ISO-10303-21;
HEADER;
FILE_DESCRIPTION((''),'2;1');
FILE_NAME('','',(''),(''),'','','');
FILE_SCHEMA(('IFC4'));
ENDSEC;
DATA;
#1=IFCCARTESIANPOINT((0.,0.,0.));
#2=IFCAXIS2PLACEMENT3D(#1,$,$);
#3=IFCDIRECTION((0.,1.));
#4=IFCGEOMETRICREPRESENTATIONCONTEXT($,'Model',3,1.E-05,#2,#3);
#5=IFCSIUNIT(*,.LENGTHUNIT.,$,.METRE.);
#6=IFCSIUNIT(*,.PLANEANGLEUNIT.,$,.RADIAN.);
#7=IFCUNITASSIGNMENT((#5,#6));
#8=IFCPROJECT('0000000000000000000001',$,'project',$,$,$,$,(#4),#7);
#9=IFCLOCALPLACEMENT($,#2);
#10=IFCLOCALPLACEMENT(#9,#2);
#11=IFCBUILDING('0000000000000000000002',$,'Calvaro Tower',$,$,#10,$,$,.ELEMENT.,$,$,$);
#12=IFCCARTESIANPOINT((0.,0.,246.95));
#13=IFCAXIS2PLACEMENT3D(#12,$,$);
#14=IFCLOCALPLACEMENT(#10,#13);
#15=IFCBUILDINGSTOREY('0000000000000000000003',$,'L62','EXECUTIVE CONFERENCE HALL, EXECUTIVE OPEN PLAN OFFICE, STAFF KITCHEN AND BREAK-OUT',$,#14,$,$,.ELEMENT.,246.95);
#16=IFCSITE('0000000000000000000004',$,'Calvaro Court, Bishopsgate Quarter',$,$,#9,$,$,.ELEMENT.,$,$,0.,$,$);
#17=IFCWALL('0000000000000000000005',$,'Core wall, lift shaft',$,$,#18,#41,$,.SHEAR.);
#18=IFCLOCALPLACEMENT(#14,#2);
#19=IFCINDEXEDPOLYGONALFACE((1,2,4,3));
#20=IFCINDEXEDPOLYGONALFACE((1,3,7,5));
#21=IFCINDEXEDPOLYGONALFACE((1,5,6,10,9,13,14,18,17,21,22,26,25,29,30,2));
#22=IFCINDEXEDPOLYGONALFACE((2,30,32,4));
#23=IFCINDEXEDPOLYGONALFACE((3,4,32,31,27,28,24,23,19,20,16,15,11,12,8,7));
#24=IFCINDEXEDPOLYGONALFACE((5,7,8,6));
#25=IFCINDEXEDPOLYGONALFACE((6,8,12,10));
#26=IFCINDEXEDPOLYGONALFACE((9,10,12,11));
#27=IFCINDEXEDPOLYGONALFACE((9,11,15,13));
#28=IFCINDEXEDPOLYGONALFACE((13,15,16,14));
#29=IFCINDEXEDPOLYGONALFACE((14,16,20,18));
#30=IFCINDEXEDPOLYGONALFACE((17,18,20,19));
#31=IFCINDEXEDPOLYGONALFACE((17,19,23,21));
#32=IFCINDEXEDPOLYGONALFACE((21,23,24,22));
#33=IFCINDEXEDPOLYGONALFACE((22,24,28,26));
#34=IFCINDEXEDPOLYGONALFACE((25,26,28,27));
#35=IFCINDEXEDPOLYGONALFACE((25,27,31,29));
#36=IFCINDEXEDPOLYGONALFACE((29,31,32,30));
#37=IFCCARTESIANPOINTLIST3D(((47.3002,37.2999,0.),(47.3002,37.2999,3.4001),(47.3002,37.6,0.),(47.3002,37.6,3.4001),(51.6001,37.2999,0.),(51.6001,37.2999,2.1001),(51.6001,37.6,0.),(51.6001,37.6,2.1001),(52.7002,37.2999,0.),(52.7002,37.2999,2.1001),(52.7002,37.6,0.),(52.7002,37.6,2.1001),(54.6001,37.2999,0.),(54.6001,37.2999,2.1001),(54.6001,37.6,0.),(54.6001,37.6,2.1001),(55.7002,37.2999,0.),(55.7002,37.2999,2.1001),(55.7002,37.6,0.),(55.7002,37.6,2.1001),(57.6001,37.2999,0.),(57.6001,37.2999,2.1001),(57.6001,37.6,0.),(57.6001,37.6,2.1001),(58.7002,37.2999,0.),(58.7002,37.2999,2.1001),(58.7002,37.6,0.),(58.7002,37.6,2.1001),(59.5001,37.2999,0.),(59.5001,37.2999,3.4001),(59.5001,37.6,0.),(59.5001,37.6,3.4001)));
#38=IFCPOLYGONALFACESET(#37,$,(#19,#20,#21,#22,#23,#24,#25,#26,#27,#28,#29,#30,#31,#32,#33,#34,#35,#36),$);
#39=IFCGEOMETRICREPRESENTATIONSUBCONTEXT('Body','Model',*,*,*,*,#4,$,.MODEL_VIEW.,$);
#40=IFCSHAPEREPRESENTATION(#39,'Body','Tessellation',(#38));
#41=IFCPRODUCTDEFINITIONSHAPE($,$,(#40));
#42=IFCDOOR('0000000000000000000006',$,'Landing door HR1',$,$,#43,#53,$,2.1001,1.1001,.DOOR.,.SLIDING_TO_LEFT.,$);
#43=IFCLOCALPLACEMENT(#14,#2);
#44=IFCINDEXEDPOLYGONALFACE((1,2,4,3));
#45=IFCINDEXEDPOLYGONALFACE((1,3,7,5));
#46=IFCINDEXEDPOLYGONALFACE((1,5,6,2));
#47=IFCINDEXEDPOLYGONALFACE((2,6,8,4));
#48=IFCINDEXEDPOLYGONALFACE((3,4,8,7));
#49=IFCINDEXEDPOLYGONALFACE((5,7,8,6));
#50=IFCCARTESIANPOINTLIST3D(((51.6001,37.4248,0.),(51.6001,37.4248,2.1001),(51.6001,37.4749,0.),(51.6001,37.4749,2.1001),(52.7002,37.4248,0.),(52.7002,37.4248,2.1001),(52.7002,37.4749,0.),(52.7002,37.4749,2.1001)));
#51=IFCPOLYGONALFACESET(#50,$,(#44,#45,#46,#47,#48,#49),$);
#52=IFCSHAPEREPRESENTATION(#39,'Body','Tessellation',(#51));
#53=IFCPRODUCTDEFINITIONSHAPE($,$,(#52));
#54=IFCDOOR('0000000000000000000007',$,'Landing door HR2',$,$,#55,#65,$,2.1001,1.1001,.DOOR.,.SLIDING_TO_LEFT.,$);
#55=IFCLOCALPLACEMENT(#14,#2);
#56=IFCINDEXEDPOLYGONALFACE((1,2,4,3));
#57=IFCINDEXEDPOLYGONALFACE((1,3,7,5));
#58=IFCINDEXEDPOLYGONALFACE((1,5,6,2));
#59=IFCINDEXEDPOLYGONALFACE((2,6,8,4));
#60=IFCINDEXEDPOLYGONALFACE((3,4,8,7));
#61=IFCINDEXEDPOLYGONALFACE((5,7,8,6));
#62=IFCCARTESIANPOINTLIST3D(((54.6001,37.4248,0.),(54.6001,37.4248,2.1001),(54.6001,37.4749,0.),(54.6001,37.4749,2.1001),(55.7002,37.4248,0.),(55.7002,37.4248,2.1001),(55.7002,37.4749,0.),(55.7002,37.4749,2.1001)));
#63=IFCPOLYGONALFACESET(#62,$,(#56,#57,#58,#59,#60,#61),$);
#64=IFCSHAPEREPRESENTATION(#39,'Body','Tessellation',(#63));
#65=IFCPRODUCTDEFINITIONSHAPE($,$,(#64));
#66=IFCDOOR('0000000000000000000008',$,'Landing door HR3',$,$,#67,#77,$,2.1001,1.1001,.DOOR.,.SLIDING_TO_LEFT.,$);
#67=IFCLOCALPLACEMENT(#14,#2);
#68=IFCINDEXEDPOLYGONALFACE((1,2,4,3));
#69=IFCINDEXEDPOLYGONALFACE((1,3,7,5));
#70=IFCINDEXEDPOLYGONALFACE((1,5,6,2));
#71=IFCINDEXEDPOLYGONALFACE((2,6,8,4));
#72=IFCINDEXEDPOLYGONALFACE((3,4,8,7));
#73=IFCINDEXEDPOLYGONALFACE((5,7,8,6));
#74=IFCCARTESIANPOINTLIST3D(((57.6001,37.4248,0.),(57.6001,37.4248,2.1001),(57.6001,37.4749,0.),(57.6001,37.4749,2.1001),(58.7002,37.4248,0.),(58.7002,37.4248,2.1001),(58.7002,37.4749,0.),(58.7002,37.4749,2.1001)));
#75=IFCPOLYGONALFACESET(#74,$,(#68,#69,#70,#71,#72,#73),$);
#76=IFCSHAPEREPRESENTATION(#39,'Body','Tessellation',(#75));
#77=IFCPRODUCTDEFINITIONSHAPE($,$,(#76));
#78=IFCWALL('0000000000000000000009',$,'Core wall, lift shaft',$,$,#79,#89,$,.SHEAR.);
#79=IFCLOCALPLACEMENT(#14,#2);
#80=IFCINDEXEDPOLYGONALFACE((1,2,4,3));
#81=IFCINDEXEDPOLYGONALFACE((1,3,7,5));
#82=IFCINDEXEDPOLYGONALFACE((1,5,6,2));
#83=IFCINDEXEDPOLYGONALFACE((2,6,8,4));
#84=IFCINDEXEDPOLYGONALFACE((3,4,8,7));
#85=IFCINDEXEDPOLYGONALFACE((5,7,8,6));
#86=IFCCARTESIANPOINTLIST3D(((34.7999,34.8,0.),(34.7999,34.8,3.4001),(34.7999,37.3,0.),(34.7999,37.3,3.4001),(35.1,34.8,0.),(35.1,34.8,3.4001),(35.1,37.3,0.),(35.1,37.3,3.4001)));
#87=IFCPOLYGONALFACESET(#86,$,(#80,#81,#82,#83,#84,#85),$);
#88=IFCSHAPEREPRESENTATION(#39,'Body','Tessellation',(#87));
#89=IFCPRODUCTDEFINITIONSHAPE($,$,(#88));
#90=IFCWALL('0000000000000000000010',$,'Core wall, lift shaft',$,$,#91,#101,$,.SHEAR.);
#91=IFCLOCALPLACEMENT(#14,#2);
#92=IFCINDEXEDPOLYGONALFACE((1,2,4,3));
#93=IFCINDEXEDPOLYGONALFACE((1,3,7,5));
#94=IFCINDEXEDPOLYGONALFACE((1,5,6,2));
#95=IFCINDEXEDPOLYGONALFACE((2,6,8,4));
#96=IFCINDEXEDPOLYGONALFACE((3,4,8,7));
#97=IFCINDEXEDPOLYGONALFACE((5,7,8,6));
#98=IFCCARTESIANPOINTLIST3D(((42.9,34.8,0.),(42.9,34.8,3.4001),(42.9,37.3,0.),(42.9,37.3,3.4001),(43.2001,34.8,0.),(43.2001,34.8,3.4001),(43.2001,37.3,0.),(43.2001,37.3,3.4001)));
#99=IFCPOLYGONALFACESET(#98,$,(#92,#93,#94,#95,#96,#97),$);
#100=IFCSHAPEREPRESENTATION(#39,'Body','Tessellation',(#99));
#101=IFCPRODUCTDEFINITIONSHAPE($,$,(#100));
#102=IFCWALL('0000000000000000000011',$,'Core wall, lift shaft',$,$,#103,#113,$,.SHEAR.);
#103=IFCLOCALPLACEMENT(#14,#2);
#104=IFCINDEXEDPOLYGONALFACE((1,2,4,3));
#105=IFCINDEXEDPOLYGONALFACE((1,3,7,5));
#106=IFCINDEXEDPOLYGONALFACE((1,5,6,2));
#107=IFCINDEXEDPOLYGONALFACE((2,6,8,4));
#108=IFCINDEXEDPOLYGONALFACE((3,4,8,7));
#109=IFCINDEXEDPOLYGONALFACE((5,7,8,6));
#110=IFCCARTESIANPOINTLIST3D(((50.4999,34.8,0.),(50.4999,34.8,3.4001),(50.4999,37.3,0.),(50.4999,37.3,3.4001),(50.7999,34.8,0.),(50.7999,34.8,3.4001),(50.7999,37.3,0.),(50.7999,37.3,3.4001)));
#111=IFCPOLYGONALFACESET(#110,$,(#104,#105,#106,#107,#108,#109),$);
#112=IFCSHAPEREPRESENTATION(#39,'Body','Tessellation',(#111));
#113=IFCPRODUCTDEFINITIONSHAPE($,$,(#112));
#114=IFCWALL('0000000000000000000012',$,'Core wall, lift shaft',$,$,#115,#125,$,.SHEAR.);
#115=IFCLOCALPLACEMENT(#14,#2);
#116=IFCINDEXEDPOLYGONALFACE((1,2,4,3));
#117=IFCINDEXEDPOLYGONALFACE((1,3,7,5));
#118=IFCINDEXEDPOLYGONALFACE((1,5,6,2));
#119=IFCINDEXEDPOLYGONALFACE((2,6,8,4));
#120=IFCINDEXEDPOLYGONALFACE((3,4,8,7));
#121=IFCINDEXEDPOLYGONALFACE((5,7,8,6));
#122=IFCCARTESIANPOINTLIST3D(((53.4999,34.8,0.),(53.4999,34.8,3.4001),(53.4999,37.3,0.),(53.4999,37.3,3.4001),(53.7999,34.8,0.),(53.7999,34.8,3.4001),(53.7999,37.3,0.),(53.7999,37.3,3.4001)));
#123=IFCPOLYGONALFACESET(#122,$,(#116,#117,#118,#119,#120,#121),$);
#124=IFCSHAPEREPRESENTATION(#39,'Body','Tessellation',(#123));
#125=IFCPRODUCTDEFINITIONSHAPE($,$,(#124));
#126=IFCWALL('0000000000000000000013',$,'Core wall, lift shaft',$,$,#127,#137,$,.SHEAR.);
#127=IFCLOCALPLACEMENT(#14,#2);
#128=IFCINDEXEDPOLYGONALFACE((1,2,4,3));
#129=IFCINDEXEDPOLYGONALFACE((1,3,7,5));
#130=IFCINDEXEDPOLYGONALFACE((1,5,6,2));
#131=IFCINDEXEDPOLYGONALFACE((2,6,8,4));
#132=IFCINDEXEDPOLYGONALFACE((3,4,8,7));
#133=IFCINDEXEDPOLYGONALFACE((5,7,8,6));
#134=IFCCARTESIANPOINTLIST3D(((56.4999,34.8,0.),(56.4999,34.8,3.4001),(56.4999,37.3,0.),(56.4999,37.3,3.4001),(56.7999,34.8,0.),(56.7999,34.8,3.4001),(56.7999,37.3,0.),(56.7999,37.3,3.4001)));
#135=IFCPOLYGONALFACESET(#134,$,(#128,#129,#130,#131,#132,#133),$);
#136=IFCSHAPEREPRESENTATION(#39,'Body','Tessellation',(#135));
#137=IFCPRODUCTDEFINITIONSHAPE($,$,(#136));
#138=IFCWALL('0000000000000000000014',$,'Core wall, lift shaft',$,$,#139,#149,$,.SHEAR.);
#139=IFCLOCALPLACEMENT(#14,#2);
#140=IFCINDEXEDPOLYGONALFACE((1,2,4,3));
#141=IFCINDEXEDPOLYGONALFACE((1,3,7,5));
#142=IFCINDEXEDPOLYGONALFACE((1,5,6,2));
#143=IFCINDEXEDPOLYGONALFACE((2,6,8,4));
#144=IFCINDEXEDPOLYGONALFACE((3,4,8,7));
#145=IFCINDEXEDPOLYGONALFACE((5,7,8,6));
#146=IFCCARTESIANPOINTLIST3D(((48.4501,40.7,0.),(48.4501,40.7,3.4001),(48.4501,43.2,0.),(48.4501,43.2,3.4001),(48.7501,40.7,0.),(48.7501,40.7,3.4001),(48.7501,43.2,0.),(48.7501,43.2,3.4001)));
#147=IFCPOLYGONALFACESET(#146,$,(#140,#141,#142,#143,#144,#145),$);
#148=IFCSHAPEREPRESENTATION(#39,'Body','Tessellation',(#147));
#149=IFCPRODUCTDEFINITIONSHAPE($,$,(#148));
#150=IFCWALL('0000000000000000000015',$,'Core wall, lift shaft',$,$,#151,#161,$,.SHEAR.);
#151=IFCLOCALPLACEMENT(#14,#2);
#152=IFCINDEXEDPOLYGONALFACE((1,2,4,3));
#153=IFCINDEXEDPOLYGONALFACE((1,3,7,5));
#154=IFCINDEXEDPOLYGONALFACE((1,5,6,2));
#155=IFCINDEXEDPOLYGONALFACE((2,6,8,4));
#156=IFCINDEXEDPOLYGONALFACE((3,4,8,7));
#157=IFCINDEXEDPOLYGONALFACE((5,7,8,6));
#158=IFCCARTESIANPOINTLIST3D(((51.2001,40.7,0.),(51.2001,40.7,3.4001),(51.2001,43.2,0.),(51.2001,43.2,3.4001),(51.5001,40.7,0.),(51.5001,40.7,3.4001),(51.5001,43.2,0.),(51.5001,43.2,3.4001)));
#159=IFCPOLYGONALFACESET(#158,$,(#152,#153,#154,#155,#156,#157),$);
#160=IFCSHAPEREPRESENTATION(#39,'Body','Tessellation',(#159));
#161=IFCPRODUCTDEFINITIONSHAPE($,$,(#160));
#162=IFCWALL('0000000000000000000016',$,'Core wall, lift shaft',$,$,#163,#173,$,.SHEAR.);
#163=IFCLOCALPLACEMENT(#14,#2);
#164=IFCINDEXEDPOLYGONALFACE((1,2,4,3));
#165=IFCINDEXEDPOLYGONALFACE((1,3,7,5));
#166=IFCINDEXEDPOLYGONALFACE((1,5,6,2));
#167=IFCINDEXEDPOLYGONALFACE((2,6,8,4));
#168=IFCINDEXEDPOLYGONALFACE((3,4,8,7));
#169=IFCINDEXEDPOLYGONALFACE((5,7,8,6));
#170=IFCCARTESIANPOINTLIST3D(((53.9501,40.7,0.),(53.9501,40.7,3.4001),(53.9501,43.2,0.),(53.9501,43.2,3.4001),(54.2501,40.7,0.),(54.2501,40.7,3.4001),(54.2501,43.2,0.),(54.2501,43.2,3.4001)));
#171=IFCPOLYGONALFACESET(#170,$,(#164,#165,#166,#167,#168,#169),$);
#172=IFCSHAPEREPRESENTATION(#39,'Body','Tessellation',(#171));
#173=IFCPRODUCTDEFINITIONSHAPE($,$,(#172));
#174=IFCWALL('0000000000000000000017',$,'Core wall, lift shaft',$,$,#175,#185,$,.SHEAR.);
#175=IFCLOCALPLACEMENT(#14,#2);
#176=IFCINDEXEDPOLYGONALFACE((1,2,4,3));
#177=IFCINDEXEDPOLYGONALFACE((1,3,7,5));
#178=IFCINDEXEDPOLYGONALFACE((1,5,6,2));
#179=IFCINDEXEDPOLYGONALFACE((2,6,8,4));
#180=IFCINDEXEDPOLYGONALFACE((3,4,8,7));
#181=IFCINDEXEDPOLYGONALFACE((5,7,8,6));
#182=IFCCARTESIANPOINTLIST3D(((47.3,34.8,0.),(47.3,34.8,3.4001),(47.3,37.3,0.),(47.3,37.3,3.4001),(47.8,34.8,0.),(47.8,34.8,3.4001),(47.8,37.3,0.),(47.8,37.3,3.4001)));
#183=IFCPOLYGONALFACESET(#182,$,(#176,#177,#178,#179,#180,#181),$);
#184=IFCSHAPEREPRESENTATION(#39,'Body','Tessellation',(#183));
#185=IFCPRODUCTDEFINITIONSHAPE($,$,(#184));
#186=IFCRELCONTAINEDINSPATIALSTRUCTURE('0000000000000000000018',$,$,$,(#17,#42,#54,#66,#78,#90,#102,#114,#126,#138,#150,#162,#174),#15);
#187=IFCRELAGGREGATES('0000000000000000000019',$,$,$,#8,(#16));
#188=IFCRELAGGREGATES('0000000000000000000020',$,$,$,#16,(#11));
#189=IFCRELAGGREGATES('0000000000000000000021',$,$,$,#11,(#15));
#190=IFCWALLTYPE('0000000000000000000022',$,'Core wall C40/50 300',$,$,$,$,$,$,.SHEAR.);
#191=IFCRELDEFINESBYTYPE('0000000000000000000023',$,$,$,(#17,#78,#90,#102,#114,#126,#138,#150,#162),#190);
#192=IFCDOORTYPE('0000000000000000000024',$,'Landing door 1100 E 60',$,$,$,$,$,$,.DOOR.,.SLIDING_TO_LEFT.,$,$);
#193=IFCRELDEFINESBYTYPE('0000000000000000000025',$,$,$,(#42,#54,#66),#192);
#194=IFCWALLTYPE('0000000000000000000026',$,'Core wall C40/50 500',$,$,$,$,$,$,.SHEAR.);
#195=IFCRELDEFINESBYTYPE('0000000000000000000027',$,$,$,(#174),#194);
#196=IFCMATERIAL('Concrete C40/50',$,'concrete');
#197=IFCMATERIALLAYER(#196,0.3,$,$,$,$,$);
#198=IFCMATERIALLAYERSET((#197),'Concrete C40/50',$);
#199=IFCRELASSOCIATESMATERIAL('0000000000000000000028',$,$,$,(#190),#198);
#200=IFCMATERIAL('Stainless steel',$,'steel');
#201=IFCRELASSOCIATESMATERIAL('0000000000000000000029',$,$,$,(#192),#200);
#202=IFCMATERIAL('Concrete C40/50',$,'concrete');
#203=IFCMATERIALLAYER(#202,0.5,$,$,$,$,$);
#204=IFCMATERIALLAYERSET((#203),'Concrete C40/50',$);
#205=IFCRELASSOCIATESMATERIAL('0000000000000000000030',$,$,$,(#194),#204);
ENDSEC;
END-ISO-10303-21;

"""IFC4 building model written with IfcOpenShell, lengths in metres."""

from ifc_helpers import new_model, si_unit, direction, frame, frame_2d, origin, place, context, subcontext, project, spatial, rectangle, extrude, material, layer, layer_set, type_object, element, fill, save


model = new_model("IFC4")

# Units and contexts
model_context = context("Model", 3, precision=1e-05, world=origin(), true_north=direction((0.0, 1.0)))
body_context = subcontext(model_context, "Body", "Model", "MODEL_VIEW")
ifc_project = project(units=[si_unit("LENGTHUNIT", "METRE"), si_unit("PLANEANGLEUNIT", "RADIAN")], contexts=[model_context])

# Site, building, storey
site_placement = place(None, origin())
site = spatial("IfcSite", under=ifc_project, at=site_placement, Name="Calvaro Court, Bishopsgate Quarter", CompositionType="ELEMENT", RefElevation=0.0)
building_placement = place(site_placement, origin())
building = spatial("IfcBuilding", under=site, at=building_placement, Name="Calvaro Tower", CompositionType="ELEMENT")
storey_placement = place(building_placement, frame((0.0, 0.0, 246.95)))
storey = spatial("IfcBuildingStorey", under=building, at=storey_placement, Name="L62", Description="EXECUTIVE CONFERENCE HALL, EXECUTIVE OPEN PLAN OFFICE, STAFF KITCHEN AND BREAK-OUT", CompositionType="ELEMENT", Elevation=246.95)

# Shared definitions
ifc_material_1 = material(Name="Concrete C40/50", Category="concrete")
ifc_layer_1 = layer(ifc_material_1, 0.3)
ifc_layer_set_1 = layer_set([ifc_layer_1], Name="Concrete C40/50")
wall_type_1 = type_object("IfcWallType", Name="Core wall C40/50 300", PredefinedType="SHEAR", material=ifc_layer_set_1)

# Shared definitions
ifc_material_2 = material(Name="Stainless steel", Category="steel")
door_type_1 = type_object("IfcDoorType", Name="Landing door 1100 E 60", OperationType="SLIDING_TO_LEFT", PredefinedType="DOOR", material=ifc_material_2)

# Wall, openings, doors
wall_1_placement = place(storey_placement, frame((47.3, 37.45, 0.0), z_axis=(0.0, 0.0, 1.0), x_axis=(1.0, 0.0, 0.0)))
wall_1 = element("IfcWall", 1, at=wall_1_placement, inside=storey, type_object=wall_type_1, Name="Core wall, lift shaft", PredefinedType="SHEAR", context=body_context, shape_type="SweptSolid", body=[
    extrude(rectangle(XDim=12.2, YDim=0.3, at=frame_2d((6.1001, 0.0))), origin(), (0.0, 0.0, 1.0), 3.4001),
])
opening_1_placement = place(wall_1_placement, frame((4.3, 0.0, 0.0)))
opening_1 = element("IfcOpeningElement", 2, at=opening_1_placement, cuts=wall_1, PredefinedType="OPENING", context=body_context, shape_type="SweptSolid", body=[
    extrude(rectangle(XDim=1.1001, YDim=2.1001, at=frame_2d((0.55, 1.05))), frame((0.0, 0.1599, 0.0), z_axis=(0.0, -1.0, 0.0), x_axis=(1.0, 0.0, 0.0)), (0.0, 0.0, 1.0), 0.3201),
])
opening_2_placement = place(wall_1_placement, frame((7.3, 0.0, 0.0)))
opening_2 = element("IfcOpeningElement", 3, at=opening_2_placement, cuts=wall_1, PredefinedType="OPENING", context=body_context, shape_type="SweptSolid", body=[
    extrude(rectangle(XDim=1.1001, YDim=2.1001, at=frame_2d((0.55, 1.05))), frame((0.0, 0.1599, 0.0), z_axis=(0.0, -1.0, 0.0), x_axis=(1.0, 0.0, 0.0)), (0.0, 0.0, 1.0), 0.3201),
])
opening_3_placement = place(wall_1_placement, frame((10.3, 0.0, 0.0)))
opening_3 = element("IfcOpeningElement", 4, at=opening_3_placement, cuts=wall_1, PredefinedType="OPENING", context=body_context, shape_type="SweptSolid", body=[
    extrude(rectangle(XDim=1.1001, YDim=2.1001, at=frame_2d((0.55, 1.05))), frame((0.0, 0.1599, 0.0), z_axis=(0.0, -1.0, 0.0), x_axis=(1.0, 0.0, 0.0)), (0.0, 0.0, 1.0), 0.3201),
])
door_1_placement = place(opening_1_placement, origin())
door_1 = element("IfcDoor", 5, at=door_1_placement, inside=storey, type_object=door_type_1, Name="Landing door HR1", OperationType="SLIDING_TO_LEFT", OverallHeight=2.1001, OverallWidth=1.1001, PredefinedType="DOOR", context=body_context, shape_type="SweptSolid", body=[
    extrude(rectangle(XDim=1.1001, YDim=2.1001, at=frame_2d((0.55, 1.05))), frame((0.0, 0.0249, 0.0), z_axis=(0.0, -1.0, 0.0), x_axis=(1.0, 0.0, 0.0)), (0.0, 0.0, 1.0), 0.05),
])
fill(opening_1, door_1)
door_2_placement = place(opening_2_placement, origin())
door_2 = element("IfcDoor", 6, at=door_2_placement, inside=storey, type_object=door_type_1, Name="Landing door HR2", OperationType="SLIDING_TO_LEFT", OverallHeight=2.1001, OverallWidth=1.1001, PredefinedType="DOOR", context=body_context, shape_type="SweptSolid", body=[
    extrude(rectangle(XDim=1.1001, YDim=2.1001, at=frame_2d((0.55, 1.05))), frame((0.0, 0.0249, 0.0), z_axis=(0.0, -1.0, 0.0), x_axis=(1.0, 0.0, 0.0)), (0.0, 0.0, 1.0), 0.05),
])
fill(opening_2, door_2)
door_3_placement = place(opening_3_placement, origin())
door_3 = element("IfcDoor", 7, at=door_3_placement, inside=storey, type_object=door_type_1, Name="Landing door HR3", OperationType="SLIDING_TO_LEFT", OverallHeight=2.1001, OverallWidth=1.1001, PredefinedType="DOOR", context=body_context, shape_type="SweptSolid", body=[
    extrude(rectangle(XDim=1.1001, YDim=2.1001, at=frame_2d((0.55, 1.05))), frame((0.0, 0.0249, 0.0), z_axis=(0.0, -1.0, 0.0), x_axis=(1.0, 0.0, 0.0)), (0.0, 0.0, 1.0), 0.05),
])
fill(opening_3, door_3)

# Walls
for number, where, z_axis, x_axis, name in (
    (8, (34.95, 34.8, 0.0), (0.0, 0.0, 1.0), (0.0, 1.0, 0.0), "Core wall, lift shaft"),
    (9, (43.05, 34.8, 0.0), (0.0, 0.0, 1.0), (0.0, 1.0, 0.0), "Core wall, lift shaft"),
    (10, (50.6499, 34.8, 0.0), (0.0, 0.0, 1.0), (0.0, 1.0, 0.0), "Core wall, lift shaft"),
    (11, (53.6499, 34.8, 0.0), (0.0, 0.0, 1.0), (0.0, 1.0, 0.0), "Core wall, lift shaft"),
    (12, (56.6499, 34.8, 0.0), (0.0, 0.0, 1.0), (0.0, 1.0, 0.0), "Core wall, lift shaft"),
    (13, (48.6001, 40.7, 0.0), (0.0, 0.0, 1.0), (0.0, 1.0, 0.0), "Core wall, lift shaft"),
    (14, (51.3501, 40.7, 0.0), (0.0, 0.0, 1.0), (0.0, 1.0, 0.0), "Core wall, lift shaft"),
    (15, (54.1001, 40.7, 0.0), (0.0, 0.0, 1.0), (0.0, 1.0, 0.0), "Core wall, lift shaft"),
):
    element("IfcWall", number, at=place(storey_placement, frame(where, z_axis=z_axis, x_axis=x_axis)), inside=storey, type_object=wall_type_1, Name=name, PredefinedType="SHEAR", context=body_context, shape_type="SweptSolid", body=[
        extrude(rectangle(XDim=2.5, YDim=0.3, at=frame_2d((1.25, 0.0))), origin(), (0.0, 0.0, 1.0), 3.4001),
    ])
ifc_material_3 = material(Name="Concrete C40/50", Category="concrete")
ifc_layer_2 = layer(ifc_material_3, 0.5)
ifc_layer_set_2 = layer_set([ifc_layer_2], Name="Concrete C40/50")
wall_type_2 = type_object("IfcWallType", Name="Core wall C40/50 500", PredefinedType="SHEAR", material=ifc_layer_set_2)
wall_2_placement = place(storey_placement, frame((47.55, 34.8, 0.0), z_axis=(0.0, 0.0, 1.0), x_axis=(0.0, 1.0, 0.0)))
element("IfcWall", 16, at=wall_2_placement, inside=storey, type_object=wall_type_2, Name="Core wall, lift shaft", PredefinedType="SHEAR", context=body_context, shape_type="SweptSolid", body=[
    extrude(rectangle(XDim=2.5, YDim=0.5, at=frame_2d((1.25, 0.0))), origin(), (0.0, 0.0, 1.0), 3.4001),
])

save(model, "model.ifc")
